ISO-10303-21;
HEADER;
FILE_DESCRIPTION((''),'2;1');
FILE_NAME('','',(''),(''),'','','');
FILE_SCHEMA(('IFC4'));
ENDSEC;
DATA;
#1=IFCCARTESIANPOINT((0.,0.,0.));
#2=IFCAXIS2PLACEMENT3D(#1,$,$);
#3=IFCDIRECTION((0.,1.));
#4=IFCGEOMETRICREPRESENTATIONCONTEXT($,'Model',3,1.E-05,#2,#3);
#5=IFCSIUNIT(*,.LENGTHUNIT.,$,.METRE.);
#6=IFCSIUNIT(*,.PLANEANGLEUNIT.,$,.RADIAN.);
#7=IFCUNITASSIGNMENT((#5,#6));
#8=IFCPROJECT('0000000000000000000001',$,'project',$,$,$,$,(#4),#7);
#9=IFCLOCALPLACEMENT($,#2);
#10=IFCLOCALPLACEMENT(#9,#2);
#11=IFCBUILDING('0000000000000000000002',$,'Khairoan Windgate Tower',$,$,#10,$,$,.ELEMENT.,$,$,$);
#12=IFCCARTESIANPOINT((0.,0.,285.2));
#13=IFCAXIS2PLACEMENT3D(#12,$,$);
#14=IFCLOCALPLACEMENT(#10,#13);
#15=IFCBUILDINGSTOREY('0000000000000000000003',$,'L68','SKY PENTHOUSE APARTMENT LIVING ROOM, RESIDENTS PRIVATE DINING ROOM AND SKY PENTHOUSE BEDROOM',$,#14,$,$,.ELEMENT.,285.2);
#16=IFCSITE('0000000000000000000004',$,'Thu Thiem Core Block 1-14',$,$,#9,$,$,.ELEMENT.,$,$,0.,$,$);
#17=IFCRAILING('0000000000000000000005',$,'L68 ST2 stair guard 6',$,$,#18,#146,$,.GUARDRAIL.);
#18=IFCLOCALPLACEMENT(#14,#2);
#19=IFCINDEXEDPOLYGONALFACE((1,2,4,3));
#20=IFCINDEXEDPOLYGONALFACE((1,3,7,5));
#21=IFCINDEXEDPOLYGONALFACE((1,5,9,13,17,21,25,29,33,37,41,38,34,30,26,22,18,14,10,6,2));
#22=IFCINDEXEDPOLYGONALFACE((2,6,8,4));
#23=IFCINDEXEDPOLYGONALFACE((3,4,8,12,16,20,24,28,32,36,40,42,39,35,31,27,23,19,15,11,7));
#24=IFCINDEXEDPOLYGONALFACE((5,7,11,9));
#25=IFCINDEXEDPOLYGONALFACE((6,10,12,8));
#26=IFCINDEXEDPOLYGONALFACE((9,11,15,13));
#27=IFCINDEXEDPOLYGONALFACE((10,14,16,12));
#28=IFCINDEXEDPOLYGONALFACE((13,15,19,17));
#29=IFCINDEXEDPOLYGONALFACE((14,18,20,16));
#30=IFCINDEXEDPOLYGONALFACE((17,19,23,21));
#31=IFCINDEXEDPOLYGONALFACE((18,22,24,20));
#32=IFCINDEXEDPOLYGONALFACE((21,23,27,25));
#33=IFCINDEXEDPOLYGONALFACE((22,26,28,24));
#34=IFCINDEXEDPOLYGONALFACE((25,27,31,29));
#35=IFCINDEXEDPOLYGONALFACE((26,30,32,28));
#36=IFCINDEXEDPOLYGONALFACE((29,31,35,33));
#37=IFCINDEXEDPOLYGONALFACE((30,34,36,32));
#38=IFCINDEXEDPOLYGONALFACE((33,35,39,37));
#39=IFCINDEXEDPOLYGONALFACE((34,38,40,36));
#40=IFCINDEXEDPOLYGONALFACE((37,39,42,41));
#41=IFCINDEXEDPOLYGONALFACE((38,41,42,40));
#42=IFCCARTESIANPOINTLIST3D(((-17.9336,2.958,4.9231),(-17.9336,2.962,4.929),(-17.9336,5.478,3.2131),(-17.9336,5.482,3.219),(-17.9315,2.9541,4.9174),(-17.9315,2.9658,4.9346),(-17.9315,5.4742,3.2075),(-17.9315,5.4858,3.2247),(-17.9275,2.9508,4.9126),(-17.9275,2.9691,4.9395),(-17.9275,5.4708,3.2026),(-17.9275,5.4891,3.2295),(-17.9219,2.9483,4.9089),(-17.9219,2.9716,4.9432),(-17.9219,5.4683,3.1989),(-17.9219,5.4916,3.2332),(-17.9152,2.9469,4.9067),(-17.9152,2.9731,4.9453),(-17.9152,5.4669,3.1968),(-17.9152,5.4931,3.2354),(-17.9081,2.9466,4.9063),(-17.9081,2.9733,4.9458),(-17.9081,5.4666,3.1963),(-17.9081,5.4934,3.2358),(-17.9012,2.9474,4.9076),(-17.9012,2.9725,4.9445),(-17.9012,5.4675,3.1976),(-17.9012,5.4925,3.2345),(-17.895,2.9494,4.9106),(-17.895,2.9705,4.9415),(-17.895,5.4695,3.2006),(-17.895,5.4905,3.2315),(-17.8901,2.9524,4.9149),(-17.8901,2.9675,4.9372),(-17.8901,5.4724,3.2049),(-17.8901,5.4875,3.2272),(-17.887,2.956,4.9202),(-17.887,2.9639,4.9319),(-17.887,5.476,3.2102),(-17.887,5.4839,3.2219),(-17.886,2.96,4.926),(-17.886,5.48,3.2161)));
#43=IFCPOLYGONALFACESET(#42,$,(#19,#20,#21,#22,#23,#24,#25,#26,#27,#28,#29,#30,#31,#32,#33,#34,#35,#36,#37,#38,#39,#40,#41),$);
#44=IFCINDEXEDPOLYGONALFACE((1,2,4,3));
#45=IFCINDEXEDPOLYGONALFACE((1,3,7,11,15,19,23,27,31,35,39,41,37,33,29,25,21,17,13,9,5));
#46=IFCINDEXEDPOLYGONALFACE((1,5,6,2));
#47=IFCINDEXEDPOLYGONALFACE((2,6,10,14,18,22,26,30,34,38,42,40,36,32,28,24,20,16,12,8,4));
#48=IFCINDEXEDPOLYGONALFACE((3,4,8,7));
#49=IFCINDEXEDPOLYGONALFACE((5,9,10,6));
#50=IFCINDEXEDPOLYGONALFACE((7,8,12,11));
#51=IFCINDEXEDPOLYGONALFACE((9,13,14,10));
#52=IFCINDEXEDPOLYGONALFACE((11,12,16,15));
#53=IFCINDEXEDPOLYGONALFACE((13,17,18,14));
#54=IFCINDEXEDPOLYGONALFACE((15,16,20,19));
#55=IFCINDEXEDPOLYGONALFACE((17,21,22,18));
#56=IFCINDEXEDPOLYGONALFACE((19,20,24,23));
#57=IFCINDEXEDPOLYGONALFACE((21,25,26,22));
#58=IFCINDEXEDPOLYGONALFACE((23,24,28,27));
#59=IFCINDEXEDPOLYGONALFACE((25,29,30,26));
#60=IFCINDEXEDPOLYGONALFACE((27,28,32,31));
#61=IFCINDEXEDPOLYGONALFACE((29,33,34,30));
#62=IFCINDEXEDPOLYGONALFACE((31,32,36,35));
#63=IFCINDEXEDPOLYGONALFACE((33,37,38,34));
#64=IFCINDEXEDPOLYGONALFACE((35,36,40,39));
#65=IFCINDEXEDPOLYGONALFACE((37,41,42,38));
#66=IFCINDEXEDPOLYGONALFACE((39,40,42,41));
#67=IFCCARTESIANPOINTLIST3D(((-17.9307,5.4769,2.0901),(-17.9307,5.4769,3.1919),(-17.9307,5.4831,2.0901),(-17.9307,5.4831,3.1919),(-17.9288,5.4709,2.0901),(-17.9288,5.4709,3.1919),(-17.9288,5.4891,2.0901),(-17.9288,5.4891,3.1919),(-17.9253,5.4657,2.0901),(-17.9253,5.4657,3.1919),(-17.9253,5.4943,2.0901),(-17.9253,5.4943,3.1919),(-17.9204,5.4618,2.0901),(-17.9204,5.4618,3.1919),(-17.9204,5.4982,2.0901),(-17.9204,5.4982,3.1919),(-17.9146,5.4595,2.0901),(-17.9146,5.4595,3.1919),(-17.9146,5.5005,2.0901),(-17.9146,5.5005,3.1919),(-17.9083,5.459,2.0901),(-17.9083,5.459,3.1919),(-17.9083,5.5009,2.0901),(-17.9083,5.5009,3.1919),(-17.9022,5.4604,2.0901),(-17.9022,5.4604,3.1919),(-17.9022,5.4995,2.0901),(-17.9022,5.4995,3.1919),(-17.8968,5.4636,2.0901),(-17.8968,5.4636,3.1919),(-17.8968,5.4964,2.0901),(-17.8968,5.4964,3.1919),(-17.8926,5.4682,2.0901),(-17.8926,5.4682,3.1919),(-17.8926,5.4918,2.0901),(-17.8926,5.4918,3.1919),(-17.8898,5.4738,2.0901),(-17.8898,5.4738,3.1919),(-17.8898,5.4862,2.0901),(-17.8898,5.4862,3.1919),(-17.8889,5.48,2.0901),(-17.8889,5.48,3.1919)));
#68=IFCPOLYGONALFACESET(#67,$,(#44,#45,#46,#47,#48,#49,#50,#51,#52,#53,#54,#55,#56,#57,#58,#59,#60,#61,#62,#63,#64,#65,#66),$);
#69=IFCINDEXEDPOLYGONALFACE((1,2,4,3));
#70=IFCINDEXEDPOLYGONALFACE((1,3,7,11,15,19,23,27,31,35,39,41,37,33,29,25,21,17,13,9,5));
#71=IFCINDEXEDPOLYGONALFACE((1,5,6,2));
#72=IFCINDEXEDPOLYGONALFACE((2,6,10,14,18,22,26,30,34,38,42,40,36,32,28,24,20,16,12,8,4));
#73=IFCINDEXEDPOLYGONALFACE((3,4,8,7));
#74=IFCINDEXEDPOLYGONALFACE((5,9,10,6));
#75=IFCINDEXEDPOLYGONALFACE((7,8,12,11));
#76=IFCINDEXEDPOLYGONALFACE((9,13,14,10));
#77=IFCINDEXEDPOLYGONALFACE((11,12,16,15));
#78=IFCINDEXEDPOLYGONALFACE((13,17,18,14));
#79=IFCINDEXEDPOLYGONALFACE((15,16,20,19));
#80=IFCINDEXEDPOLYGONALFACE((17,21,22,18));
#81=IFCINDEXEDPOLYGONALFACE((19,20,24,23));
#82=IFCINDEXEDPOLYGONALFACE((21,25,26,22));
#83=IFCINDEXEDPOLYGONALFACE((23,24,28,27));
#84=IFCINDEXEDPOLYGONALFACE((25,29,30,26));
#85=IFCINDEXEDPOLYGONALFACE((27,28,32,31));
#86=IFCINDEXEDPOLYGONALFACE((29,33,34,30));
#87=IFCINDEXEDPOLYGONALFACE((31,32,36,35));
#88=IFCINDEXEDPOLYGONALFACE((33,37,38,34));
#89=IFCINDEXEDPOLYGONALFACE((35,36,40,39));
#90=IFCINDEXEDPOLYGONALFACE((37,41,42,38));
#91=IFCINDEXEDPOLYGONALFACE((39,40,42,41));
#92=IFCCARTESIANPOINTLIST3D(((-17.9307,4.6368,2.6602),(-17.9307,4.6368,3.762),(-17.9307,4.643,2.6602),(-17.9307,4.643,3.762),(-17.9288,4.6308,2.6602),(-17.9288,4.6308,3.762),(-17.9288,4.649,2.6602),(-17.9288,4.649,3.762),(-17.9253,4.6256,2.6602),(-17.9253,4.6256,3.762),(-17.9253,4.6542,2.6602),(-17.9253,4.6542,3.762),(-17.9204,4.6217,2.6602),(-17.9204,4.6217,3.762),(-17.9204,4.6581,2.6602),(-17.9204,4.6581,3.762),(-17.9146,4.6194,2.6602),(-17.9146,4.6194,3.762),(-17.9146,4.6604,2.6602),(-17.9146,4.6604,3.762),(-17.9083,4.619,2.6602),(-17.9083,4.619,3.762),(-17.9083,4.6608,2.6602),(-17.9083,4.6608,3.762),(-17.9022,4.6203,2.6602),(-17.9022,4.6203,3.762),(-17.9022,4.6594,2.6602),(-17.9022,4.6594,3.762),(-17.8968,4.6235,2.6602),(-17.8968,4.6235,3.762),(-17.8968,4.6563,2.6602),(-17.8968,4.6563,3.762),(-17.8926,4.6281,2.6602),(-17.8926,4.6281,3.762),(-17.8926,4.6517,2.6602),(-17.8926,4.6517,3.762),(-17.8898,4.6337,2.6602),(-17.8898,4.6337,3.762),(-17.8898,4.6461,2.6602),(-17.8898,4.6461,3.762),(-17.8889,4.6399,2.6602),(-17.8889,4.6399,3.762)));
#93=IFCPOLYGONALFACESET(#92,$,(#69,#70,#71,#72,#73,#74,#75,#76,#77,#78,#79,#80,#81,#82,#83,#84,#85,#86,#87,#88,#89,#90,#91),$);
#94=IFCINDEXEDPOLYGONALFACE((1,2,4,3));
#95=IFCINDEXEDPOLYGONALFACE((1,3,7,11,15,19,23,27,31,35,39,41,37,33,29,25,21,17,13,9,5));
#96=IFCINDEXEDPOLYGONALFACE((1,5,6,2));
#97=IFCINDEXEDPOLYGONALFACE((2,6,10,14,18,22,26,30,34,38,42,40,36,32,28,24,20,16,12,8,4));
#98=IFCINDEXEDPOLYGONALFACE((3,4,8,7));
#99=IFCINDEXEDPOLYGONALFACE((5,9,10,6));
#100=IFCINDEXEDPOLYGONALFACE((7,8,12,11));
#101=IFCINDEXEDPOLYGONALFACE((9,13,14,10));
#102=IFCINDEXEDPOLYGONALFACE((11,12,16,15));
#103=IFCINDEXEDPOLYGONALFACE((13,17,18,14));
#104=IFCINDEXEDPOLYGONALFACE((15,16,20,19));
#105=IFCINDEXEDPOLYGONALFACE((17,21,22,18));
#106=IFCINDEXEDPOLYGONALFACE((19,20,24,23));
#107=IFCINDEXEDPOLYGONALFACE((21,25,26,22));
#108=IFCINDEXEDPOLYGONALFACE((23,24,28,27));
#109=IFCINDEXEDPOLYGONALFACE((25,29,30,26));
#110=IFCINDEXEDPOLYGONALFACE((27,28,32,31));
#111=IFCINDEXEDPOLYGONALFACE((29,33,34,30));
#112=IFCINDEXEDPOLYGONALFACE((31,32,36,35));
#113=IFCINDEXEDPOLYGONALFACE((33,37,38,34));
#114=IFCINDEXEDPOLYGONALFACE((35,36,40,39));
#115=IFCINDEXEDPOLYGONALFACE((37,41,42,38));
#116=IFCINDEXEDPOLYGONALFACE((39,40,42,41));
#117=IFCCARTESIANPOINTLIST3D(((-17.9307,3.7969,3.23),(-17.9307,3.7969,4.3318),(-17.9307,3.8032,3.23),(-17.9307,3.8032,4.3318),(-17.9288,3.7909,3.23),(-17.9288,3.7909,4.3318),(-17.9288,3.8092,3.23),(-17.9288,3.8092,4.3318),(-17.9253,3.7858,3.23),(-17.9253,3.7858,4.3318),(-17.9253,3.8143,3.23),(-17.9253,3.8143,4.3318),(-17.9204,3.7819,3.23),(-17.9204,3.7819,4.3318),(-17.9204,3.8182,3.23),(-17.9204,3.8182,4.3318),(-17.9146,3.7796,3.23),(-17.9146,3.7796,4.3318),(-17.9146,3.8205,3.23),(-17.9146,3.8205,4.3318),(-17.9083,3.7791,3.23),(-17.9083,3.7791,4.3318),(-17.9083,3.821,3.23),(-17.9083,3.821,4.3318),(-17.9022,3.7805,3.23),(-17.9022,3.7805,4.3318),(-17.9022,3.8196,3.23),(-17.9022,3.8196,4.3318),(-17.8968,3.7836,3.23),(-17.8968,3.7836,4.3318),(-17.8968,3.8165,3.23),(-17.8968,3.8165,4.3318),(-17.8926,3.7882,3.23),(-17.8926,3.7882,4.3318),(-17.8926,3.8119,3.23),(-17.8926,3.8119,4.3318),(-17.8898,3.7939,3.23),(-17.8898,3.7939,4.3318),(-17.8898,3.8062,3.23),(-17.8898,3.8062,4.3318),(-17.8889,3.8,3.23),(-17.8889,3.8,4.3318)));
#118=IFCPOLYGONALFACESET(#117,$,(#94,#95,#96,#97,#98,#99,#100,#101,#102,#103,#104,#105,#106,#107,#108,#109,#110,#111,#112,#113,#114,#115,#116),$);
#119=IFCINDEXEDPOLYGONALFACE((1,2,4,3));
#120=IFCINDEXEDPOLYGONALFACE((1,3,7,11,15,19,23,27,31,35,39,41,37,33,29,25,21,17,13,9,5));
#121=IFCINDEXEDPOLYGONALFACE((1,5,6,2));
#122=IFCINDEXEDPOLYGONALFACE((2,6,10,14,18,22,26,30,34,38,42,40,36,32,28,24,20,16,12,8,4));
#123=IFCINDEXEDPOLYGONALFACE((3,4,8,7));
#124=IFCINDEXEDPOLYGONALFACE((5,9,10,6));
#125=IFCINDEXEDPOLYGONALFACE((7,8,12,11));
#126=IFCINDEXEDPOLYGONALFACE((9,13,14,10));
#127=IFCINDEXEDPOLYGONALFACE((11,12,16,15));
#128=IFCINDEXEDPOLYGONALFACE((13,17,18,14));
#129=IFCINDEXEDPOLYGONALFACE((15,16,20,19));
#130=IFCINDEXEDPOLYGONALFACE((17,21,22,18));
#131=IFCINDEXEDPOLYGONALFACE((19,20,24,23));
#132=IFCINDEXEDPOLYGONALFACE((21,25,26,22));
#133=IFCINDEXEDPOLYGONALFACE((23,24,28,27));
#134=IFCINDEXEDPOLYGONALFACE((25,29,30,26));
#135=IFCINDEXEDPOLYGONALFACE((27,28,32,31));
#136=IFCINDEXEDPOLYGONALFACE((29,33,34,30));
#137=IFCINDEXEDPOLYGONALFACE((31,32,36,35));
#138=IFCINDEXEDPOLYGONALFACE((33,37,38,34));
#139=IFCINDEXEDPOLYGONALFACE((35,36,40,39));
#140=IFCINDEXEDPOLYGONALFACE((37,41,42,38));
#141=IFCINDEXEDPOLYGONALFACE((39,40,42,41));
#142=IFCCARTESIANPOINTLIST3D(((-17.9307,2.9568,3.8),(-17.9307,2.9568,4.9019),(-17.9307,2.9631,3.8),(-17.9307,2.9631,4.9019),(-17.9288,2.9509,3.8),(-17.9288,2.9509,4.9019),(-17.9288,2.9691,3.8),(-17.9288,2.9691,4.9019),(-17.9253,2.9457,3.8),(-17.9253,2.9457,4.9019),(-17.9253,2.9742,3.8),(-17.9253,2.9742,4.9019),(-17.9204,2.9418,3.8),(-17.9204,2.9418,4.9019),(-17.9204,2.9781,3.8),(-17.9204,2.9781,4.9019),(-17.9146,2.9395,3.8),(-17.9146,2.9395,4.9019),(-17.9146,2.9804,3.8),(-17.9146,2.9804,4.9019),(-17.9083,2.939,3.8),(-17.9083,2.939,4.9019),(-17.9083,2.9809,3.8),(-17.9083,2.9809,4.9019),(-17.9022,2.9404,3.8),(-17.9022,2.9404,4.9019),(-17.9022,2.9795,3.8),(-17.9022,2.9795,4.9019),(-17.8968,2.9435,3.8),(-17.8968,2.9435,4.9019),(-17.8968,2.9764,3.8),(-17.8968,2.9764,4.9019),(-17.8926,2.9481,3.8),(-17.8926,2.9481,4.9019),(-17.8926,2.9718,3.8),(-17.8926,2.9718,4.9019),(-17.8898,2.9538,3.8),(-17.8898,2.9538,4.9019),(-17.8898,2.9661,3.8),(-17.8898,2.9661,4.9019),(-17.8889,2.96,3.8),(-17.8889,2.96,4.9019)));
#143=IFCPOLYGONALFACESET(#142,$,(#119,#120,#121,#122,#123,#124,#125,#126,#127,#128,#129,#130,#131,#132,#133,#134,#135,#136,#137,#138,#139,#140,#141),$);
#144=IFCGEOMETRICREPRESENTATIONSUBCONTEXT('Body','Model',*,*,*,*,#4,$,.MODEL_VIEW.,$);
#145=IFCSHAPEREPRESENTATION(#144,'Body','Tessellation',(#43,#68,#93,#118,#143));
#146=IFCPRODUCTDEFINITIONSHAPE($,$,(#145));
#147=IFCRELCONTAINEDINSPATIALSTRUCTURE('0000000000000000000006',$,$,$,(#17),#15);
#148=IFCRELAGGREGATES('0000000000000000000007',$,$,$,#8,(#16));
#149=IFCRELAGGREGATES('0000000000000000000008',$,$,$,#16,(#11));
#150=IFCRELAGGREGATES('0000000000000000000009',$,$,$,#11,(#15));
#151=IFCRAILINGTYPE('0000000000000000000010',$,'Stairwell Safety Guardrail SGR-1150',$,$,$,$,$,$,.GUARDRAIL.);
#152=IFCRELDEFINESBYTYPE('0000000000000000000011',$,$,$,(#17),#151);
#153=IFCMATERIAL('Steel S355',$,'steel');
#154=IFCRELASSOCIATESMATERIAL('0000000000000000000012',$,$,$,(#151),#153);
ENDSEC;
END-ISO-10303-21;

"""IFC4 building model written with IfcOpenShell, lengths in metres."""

from ifc_helpers import new_model, si_unit, direction, frame, origin, origin_2d, place, context, subcontext, project, spatial, circle, extrude, material, type_object, element, save


model = new_model("IFC4")

# Units and contexts
model_context = context("Model", 3, precision=1e-05, world=origin(), true_north=direction((0.0, 1.0)))
body_context = subcontext(model_context, "Body", "Model", "MODEL_VIEW")
ifc_project = project(units=[si_unit("LENGTHUNIT", "METRE"), si_unit("PLANEANGLEUNIT", "RADIAN")], contexts=[model_context])

# Site, building, storey
site_placement = place(None, origin())
site = spatial("IfcSite", under=ifc_project, at=site_placement, Name="Thu Thiem Core Block 1-14", CompositionType="ELEMENT", RefElevation=0.0)
building_placement = place(site_placement, origin())
building = spatial("IfcBuilding", under=site, at=building_placement, Name="Khairoan Windgate Tower", CompositionType="ELEMENT")
storey_placement = place(building_placement, frame((0.0, 0.0, 285.2)))
storey = spatial("IfcBuildingStorey", under=building, at=storey_placement, Name="L68", Description="SKY PENTHOUSE APARTMENT LIVING ROOM, RESIDENTS PRIVATE DINING ROOM AND SKY PENTHOUSE BEDROOM", CompositionType="ELEMENT", Elevation=285.2)

# Railing
ifc_material_1 = material(Name="Steel S355", Category="steel")
railing_type_1 = type_object("IfcRailingType", Name="Stairwell Safety Guardrail SGR-1150", PredefinedType="GUARDRAIL", material=ifc_material_1)
railing_1_placement = place(storey_placement, frame((-17.9099, 5.48, 2.0901)))
element("IfcRailing", 1, at=railing_1_placement, inside=storey, type_object=railing_type_1, Name="L68 ST2 stair guard 6", PredefinedType="GUARDRAIL", context=body_context, shape_type="SweptSolid", body=[
    extrude(circle(Radius=0.0239, at=origin_2d()), frame((0.0, 0.0, 1.126), z_axis=(0.0, -0.827484, 0.56149), x_axis=(1.0, 0.0, 0.0)), (0.0, 0.0, 1.0), 3.0454),
    extrude(circle(Radius=0.021, at=origin_2d()), origin(), (0.0, 0.0, 1.0), 1.1018),
    extrude(circle(Radius=0.021, at=origin_2d()), frame((0.0, -0.8401, 0.5701)), (0.0, 0.0, 1.0), 1.1018),
    extrude(circle(Radius=0.021, at=origin_2d()), frame((0.0, -1.6799, 1.1399)), (0.0, 0.0, 1.0), 1.1018),
    extrude(circle(Radius=0.021, at=origin_2d()), frame((0.0, -2.52, 1.71)), (0.0, 0.0, 1.0), 1.1018),
])

save(model, "model.ifc")
